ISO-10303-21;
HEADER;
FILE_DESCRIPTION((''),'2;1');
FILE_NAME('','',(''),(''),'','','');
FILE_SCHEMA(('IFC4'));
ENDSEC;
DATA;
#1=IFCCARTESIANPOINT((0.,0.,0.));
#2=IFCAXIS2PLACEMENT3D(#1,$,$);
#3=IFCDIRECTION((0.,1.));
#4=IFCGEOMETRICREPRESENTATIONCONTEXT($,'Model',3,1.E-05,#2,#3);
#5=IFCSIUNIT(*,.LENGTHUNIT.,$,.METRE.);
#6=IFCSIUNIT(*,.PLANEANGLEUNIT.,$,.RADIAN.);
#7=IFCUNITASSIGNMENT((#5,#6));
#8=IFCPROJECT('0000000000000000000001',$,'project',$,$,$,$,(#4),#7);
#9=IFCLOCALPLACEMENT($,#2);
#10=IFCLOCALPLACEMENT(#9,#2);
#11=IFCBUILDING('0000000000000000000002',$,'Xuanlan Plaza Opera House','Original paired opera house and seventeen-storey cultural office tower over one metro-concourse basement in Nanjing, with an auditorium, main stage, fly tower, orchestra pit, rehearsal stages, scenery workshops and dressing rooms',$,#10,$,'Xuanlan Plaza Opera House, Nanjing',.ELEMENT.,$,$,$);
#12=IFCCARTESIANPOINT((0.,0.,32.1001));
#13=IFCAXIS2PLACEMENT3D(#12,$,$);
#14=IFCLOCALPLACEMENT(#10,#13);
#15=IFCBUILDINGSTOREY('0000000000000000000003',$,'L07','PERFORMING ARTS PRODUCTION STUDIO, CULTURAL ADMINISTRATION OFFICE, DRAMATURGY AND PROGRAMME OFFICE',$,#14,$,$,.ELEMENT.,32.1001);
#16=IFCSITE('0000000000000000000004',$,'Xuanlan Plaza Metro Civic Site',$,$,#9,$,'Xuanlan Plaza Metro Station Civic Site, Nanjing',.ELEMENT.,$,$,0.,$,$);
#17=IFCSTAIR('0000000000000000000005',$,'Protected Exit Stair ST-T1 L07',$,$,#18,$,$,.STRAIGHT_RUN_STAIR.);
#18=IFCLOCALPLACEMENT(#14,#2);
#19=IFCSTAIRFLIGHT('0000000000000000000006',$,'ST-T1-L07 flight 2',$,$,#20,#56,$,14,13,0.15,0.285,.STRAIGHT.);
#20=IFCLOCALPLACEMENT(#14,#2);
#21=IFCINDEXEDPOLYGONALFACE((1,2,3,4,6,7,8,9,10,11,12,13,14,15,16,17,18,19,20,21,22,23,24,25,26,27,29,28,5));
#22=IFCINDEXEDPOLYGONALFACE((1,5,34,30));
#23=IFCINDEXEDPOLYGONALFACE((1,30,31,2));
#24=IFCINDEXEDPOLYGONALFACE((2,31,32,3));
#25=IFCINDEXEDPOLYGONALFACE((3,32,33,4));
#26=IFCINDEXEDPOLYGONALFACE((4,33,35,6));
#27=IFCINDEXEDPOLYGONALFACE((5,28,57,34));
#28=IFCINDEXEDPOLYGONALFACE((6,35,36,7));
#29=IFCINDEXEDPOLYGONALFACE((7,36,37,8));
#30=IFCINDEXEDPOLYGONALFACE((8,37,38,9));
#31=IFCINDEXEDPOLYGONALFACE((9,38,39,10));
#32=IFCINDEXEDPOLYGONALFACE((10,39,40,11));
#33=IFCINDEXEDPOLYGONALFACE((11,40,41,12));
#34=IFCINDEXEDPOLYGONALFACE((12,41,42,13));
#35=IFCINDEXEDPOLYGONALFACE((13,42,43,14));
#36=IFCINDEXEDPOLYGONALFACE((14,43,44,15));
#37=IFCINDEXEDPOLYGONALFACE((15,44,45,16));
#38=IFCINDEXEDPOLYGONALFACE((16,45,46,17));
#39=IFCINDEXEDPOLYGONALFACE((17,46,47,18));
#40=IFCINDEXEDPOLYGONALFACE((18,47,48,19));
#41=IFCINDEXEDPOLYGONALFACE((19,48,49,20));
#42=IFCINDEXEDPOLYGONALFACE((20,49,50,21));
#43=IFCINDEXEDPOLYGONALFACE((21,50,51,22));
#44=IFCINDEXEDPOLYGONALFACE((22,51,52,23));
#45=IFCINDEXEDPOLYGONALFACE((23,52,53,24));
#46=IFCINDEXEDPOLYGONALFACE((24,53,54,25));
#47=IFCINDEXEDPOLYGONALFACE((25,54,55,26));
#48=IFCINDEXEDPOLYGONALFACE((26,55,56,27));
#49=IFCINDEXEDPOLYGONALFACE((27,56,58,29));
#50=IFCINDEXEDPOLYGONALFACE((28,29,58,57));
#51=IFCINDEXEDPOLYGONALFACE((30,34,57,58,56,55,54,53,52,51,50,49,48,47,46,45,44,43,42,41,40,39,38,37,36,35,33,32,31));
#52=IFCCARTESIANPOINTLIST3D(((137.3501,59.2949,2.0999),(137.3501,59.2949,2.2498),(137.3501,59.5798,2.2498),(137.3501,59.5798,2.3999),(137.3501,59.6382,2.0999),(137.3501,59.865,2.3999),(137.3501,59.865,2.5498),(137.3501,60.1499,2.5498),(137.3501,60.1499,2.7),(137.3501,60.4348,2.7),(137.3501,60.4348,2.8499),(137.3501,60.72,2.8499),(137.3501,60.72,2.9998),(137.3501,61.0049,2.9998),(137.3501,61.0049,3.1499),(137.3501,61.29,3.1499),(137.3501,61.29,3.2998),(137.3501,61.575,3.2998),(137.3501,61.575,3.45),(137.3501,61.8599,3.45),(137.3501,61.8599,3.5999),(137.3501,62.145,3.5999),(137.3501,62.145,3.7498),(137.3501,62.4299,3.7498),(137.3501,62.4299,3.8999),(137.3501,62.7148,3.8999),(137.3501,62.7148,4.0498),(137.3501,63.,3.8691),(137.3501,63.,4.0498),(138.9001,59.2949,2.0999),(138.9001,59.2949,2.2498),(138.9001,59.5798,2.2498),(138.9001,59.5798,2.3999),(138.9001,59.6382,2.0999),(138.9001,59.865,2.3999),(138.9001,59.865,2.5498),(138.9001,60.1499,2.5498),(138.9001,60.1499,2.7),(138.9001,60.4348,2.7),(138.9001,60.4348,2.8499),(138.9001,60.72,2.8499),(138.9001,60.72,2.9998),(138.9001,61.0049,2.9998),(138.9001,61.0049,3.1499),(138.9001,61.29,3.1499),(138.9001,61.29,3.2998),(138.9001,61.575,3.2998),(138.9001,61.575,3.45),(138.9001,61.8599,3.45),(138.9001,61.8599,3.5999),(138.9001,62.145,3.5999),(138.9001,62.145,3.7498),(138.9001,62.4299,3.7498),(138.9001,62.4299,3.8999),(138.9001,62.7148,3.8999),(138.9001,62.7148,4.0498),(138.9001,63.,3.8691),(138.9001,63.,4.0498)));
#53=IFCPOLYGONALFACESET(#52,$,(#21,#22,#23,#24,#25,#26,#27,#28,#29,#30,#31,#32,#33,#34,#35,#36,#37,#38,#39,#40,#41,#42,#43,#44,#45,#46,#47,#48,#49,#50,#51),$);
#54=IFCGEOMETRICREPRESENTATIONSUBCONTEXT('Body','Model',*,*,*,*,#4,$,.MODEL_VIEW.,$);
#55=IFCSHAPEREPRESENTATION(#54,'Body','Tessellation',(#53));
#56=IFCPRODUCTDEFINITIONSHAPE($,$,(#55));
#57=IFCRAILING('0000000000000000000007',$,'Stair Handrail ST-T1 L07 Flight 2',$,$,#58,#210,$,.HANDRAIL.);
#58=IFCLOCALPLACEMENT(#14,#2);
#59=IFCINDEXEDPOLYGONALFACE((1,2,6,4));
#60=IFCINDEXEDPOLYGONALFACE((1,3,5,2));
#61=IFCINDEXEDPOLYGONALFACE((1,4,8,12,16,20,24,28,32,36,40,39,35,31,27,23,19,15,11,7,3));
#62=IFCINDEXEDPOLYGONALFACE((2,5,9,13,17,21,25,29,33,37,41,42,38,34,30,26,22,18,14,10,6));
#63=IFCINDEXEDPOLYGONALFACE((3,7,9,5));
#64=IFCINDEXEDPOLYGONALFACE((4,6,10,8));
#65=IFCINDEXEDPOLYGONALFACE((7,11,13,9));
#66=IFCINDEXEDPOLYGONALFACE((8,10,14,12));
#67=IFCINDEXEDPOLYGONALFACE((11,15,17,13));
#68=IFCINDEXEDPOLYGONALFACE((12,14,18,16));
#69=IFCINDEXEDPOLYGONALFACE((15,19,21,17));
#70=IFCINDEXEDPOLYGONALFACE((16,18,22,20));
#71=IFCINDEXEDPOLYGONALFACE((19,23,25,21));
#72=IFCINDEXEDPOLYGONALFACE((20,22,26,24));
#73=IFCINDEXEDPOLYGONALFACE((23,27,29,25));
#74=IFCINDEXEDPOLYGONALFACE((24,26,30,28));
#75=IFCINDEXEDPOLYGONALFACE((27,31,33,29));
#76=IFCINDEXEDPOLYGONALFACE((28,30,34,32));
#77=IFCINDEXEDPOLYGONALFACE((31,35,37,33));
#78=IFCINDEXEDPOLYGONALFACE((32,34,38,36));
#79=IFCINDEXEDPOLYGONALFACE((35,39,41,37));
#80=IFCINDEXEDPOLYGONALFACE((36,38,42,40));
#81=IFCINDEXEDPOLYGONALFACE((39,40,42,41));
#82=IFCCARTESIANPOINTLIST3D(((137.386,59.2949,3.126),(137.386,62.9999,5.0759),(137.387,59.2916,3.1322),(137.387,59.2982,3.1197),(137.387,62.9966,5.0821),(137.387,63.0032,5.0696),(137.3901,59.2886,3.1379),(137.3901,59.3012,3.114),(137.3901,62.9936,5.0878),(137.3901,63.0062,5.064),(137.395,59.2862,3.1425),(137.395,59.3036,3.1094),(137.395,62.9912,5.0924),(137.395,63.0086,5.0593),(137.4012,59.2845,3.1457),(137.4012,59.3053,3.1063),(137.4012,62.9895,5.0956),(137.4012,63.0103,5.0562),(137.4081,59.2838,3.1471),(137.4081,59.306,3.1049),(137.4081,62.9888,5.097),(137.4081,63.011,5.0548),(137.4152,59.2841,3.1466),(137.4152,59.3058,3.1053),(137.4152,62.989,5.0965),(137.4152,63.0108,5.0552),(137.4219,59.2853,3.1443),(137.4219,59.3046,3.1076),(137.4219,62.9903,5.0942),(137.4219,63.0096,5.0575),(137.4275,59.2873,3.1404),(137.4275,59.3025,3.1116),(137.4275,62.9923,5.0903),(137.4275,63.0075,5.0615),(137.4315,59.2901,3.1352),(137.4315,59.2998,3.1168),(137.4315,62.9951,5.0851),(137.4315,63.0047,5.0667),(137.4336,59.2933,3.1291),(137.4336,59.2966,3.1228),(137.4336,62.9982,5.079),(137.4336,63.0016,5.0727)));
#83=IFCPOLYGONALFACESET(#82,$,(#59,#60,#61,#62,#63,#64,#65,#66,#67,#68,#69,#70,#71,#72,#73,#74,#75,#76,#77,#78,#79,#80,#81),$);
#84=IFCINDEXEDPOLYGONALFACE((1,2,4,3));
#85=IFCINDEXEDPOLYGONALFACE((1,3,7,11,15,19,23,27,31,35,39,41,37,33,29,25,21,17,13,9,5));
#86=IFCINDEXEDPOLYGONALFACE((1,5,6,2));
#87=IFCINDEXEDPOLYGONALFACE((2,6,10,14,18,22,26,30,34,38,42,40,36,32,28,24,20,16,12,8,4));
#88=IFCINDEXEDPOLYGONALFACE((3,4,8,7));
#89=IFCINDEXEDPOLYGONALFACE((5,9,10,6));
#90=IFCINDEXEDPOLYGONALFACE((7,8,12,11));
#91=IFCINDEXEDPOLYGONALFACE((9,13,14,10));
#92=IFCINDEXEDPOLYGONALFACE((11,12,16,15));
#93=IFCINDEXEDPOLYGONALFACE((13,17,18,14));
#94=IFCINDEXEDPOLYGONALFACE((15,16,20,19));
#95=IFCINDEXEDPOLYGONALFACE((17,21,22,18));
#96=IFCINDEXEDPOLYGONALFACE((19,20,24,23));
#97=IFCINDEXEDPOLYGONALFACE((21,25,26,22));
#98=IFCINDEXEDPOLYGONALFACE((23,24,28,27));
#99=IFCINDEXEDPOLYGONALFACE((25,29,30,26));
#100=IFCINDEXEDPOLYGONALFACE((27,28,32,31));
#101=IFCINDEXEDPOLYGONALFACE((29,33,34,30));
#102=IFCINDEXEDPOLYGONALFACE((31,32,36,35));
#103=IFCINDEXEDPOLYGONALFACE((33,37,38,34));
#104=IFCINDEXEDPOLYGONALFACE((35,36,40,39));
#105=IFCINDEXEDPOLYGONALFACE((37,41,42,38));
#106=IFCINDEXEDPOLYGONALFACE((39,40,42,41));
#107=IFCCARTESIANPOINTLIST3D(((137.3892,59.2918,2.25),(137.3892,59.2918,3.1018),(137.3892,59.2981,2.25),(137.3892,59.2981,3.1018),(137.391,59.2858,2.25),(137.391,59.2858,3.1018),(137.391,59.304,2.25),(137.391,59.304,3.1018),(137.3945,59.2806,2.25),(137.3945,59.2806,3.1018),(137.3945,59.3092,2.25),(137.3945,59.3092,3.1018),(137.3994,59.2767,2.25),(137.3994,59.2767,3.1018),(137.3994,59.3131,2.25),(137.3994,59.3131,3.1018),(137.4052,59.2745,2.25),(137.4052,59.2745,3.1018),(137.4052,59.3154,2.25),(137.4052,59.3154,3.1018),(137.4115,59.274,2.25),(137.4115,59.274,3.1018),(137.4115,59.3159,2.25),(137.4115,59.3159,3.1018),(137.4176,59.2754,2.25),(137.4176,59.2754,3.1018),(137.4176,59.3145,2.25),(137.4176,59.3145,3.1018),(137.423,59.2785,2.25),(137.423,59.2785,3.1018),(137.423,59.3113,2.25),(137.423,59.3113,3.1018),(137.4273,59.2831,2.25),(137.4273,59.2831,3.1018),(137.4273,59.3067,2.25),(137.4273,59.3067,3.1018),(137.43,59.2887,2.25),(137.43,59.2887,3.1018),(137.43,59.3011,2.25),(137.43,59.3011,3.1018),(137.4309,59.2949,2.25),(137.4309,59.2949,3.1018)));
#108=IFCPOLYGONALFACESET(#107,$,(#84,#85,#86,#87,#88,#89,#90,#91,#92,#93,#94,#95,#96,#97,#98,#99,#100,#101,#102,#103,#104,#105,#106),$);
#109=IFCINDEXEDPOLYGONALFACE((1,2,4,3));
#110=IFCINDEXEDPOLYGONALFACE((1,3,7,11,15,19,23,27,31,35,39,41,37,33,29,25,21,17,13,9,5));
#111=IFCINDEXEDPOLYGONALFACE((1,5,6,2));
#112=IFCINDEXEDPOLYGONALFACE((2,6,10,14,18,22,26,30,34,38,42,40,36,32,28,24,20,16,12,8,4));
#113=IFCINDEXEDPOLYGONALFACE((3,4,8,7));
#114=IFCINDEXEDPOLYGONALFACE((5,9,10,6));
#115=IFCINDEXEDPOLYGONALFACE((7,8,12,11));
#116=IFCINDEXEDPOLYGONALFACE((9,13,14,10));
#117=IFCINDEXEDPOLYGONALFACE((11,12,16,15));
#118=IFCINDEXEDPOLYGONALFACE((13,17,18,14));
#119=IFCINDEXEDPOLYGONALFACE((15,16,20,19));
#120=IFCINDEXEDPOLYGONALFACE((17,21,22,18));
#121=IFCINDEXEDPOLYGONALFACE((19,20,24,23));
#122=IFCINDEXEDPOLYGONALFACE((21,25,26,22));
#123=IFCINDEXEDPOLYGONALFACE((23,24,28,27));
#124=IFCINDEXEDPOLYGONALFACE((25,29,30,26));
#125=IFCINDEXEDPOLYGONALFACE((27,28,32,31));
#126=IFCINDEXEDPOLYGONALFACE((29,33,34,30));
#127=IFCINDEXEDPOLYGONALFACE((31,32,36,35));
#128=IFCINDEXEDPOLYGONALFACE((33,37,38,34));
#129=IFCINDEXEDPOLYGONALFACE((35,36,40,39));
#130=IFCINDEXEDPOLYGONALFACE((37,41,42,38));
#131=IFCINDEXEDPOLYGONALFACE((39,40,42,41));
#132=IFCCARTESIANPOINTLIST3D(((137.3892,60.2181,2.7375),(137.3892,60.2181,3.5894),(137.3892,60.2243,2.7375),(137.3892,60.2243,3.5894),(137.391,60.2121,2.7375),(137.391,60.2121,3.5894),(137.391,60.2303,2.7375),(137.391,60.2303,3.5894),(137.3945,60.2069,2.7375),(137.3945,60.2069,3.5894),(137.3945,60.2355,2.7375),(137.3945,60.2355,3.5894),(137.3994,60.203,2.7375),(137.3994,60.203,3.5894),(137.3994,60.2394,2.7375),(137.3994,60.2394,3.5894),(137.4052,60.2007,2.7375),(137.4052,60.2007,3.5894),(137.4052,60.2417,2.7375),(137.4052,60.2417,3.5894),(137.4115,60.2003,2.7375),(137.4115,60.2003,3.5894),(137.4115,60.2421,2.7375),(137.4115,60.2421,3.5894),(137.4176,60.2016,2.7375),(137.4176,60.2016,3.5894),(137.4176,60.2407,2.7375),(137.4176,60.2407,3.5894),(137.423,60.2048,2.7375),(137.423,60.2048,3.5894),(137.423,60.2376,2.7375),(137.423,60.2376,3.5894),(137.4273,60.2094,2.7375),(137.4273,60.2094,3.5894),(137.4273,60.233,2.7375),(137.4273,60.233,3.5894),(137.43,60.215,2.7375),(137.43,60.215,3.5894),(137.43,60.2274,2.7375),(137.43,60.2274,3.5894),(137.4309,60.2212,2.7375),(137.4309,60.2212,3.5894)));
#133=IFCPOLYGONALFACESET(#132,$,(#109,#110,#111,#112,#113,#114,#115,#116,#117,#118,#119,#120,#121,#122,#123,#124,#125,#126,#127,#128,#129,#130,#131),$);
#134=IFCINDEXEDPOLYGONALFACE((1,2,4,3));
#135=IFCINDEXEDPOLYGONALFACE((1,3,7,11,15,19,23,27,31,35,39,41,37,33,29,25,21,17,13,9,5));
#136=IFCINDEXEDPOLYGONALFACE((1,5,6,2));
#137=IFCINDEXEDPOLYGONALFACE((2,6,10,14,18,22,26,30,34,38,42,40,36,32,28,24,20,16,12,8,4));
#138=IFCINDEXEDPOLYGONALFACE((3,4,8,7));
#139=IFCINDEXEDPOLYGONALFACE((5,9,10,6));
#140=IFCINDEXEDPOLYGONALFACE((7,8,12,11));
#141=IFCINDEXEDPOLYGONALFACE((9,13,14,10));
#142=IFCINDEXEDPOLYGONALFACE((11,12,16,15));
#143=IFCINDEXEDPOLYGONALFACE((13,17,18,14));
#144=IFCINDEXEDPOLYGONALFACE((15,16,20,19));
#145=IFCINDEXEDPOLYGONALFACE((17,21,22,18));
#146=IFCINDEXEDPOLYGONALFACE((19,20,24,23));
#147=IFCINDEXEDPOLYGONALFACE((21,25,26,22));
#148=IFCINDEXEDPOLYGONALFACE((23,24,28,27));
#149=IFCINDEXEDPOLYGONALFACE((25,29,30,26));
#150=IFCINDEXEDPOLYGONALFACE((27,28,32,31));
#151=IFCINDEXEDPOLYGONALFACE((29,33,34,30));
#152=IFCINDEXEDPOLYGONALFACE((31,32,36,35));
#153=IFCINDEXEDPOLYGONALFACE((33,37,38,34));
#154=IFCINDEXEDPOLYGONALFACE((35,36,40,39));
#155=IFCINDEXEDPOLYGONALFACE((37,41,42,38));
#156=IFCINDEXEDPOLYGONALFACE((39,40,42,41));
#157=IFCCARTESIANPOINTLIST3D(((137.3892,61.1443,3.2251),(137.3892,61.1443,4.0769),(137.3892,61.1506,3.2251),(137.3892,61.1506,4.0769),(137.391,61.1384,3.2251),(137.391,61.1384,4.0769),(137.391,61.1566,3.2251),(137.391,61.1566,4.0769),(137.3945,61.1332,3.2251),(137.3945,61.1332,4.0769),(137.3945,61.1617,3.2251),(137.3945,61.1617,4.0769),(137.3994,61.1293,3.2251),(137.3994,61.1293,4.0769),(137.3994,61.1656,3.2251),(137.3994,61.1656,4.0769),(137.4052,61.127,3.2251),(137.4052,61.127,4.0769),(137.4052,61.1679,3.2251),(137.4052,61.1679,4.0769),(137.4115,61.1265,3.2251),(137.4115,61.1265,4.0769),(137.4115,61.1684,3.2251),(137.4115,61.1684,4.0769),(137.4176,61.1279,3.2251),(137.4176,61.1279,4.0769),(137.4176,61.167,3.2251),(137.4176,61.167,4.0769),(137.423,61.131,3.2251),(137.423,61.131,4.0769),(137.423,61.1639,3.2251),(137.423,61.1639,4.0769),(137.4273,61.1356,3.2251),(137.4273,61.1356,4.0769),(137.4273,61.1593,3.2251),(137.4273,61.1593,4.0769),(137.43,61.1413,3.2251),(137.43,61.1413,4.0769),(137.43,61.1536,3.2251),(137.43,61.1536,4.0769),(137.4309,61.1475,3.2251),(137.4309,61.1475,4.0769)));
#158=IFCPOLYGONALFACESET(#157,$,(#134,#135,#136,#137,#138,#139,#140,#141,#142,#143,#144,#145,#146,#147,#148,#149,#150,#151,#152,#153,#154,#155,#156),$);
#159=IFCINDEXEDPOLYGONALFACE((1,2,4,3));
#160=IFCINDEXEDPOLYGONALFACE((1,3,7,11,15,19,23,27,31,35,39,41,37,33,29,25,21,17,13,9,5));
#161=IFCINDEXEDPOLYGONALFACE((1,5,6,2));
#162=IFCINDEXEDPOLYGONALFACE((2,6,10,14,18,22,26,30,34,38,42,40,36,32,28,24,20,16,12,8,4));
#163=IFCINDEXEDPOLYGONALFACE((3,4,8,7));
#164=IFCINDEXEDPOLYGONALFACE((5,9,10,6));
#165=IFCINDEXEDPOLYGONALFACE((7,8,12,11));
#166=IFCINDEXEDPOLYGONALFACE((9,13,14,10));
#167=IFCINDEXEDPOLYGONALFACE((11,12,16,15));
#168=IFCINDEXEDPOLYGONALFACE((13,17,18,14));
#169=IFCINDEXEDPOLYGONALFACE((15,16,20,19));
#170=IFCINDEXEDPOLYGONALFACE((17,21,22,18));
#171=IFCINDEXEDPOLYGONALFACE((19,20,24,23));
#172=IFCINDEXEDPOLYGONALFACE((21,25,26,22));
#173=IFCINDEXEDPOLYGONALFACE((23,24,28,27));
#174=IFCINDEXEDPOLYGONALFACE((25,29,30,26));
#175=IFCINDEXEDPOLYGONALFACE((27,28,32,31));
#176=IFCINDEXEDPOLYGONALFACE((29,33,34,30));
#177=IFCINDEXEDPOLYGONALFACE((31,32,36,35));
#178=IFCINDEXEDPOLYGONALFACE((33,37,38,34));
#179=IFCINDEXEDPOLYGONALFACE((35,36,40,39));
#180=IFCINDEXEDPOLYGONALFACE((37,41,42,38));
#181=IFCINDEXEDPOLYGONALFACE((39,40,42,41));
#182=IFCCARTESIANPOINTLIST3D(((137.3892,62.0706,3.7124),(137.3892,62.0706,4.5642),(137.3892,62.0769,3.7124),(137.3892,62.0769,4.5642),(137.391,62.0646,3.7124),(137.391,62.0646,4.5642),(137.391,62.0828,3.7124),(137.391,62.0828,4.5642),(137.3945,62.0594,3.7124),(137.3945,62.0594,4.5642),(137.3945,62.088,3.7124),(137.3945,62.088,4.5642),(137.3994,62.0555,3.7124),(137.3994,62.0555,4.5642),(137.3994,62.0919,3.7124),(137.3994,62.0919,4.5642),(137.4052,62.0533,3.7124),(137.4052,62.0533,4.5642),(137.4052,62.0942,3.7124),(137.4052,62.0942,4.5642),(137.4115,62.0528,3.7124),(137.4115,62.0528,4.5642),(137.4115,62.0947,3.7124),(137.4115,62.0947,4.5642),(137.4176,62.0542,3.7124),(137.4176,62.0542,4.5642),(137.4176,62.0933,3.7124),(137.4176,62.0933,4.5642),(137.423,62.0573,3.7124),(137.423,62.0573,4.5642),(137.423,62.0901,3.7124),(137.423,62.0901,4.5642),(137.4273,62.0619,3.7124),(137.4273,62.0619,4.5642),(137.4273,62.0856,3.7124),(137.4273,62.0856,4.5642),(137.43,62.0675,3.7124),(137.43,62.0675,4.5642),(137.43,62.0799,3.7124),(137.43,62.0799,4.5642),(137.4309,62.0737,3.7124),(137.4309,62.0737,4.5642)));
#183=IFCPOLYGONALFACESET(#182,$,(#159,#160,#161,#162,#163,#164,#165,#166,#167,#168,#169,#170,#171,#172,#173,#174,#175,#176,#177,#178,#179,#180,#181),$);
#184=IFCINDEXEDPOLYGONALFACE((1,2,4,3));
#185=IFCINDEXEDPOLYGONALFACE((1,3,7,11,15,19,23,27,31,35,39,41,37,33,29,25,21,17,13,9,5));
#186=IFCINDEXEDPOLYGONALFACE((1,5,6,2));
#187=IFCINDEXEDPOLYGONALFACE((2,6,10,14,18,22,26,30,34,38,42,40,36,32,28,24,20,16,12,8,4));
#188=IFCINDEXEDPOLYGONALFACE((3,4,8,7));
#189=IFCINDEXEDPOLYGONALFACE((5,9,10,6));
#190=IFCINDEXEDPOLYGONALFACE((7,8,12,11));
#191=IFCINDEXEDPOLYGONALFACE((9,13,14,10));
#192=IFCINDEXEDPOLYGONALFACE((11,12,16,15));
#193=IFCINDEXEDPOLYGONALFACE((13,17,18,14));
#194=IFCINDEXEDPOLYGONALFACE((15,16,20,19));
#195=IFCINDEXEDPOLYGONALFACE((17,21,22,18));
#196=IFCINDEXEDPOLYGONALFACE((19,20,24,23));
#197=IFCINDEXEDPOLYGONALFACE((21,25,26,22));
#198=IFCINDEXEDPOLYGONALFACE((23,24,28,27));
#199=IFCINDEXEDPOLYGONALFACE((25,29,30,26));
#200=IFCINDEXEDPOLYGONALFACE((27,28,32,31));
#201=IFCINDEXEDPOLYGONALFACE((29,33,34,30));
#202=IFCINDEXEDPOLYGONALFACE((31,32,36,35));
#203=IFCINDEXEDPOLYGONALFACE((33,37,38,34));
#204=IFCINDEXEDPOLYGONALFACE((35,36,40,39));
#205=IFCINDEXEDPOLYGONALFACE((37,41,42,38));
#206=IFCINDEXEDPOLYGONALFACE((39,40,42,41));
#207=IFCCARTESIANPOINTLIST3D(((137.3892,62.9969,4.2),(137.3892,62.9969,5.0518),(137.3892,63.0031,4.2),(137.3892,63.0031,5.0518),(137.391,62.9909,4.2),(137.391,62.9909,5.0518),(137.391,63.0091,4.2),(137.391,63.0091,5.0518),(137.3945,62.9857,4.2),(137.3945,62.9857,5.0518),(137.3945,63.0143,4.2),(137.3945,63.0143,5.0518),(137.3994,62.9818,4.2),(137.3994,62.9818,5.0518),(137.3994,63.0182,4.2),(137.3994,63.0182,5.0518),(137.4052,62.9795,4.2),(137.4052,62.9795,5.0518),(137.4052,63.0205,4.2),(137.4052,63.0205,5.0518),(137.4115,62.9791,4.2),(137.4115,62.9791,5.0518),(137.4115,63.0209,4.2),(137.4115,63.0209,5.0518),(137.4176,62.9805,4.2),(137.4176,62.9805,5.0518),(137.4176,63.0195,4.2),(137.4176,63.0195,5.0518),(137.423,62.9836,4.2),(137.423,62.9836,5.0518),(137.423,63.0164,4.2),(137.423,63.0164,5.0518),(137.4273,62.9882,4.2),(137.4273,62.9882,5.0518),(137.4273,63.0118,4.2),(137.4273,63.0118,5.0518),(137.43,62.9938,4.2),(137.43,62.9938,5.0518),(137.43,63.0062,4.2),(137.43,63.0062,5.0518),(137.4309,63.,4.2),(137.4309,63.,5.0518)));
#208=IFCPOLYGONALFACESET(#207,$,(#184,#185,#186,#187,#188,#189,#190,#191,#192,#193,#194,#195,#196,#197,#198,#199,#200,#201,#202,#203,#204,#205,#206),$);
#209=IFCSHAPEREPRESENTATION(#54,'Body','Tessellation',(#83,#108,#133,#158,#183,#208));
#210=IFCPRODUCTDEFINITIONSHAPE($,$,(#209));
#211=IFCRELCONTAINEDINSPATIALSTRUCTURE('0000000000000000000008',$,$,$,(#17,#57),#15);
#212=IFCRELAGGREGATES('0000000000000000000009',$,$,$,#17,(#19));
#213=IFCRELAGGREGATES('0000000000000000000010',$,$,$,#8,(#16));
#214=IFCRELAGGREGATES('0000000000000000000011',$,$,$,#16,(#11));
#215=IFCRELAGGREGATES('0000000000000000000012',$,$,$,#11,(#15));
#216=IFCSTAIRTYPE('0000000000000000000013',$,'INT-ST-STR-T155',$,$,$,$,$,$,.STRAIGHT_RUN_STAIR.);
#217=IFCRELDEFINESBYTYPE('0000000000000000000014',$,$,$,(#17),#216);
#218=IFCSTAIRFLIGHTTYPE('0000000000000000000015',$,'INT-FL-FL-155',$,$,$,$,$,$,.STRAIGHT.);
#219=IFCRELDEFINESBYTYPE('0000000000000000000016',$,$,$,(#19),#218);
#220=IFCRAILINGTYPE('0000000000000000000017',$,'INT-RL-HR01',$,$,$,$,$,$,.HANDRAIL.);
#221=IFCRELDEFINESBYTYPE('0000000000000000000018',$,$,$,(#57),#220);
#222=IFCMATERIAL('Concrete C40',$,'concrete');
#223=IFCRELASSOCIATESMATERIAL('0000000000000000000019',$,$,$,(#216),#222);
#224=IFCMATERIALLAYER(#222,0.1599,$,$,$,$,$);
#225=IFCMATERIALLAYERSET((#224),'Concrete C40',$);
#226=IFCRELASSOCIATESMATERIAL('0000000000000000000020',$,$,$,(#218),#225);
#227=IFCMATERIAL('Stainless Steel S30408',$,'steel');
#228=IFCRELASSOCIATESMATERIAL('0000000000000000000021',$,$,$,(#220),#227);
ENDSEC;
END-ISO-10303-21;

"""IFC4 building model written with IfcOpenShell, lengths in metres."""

from ifc_helpers import new_model, si_unit, direction, frame, origin, origin_2d, place, context, subcontext, project, spatial, polyline, circle, outline, extrude, material, layer, layer_set, type_object, element, aggregate, save


model = new_model("IFC4")

# Units and contexts
model_context = context("Model", 3, precision=1e-05, world=origin(), true_north=direction((0.0, 1.0)))
body_context = subcontext(model_context, "Body", "Model", "MODEL_VIEW")
ifc_project = project(units=[si_unit("LENGTHUNIT", "METRE"), si_unit("PLANEANGLEUNIT", "RADIAN")], contexts=[model_context])

# Site, building, storey
site_placement = place(None, origin())
site = spatial("IfcSite", under=ifc_project, at=site_placement, Name="Xuanlan Plaza Metro Civic Site", LongName="Xuanlan Plaza Metro Station Civic Site, Nanjing", CompositionType="ELEMENT", RefElevation=0.0)
building_placement = place(site_placement, origin())
building = spatial("IfcBuilding", under=site, at=building_placement, Name="Xuanlan Plaza Opera House", Description="Original paired opera house and seventeen-storey cultural office tower over one metro-concourse basement in Nanjing, with an auditorium, main stage, fly tower, orchestra pit, rehearsal stages, scenery workshops and dressing rooms", LongName="Xuanlan Plaza Opera House, Nanjing", CompositionType="ELEMENT")
storey_placement = place(building_placement, frame((0.0, 0.0, 32.1001)))
storey = spatial("IfcBuildingStorey", under=building, at=storey_placement, Name="L07", Description="PERFORMING ARTS PRODUCTION STUDIO, CULTURAL ADMINISTRATION OFFICE, DRAMATURGY AND PROGRAMME OFFICE", CompositionType="ELEMENT", Elevation=32.1001)

# Shared definitions
ifc_material_1 = material(Name="Concrete C40", Category="concrete")

# Shared definitions
ifc_material_2 = material(Name="Stainless Steel S30408", Category="steel")

# Stair, stair flight
stair_type = type_object("IfcStairType", Name="INT-ST-STR-T155", PredefinedType="STRAIGHT_RUN_STAIR", material=ifc_material_1)
stair_placement = place(storey_placement, origin())
stair = element("IfcStair", 1, at=stair_placement, inside=storey, type_object=stair_type, Name="Protected Exit Stair ST-T1 L07", PredefinedType="STRAIGHT_RUN_STAIR")
ifc_layer_1 = layer(ifc_material_1, 0.1599)
ifc_layer_set_1 = layer_set([ifc_layer_1], Name="Concrete C40")
stair_flight_type = type_object("IfcStairFlightType", Name="INT-FL-FL-155", PredefinedType="STRAIGHT", material=ifc_layer_set_1)
stair_flight_placement = place(storey_placement, frame((138.125, 59.2949, 2.0999), z_axis=(0.0, 0.0, 1.0), x_axis=(0.0, 1.0, 0.0)))
stair_flight = element("IfcStairFlight", 2, at=stair_flight_placement, type_object=stair_flight_type, Name="ST-T1-L07 flight 2", NumberOfRisers=14, NumberOfTreads=13, PredefinedType="STRAIGHT", RiserHeight=0.15, TreadLength=0.285, context=body_context, shape_type="SweptSolid", body=[
    extrude(outline(polyline([(0.0, 0.0), (0.0, 0.1499), (0.2849, 0.1499), (0.2849, 0.3), (0.5701, 0.3), (0.5701, 0.45), (0.855, 0.45), (0.855, 0.6001), (1.1399, 0.6001), (1.1399, 0.75), (1.425, 0.75), (1.425, 0.8999), (1.71, 0.8999), (1.71, 1.05), (1.9951, 1.05), (1.9951, 1.2), (2.28, 1.2), (2.28, 1.3501), (2.5649, 1.3501), (2.5649, 1.5), (2.8501, 1.5), (2.8501, 1.6499), (3.135, 1.6499), (3.135, 1.8), (3.4199, 1.8), (3.4199, 1.95), (3.7051, 1.95), (3.7051, 2.1001), (3.7051, 1.7693), (0.3433, 0.0), (0.0, 0.0)])), frame((0.0, 0.7749, 0.0), z_axis=(0.0, -1.0, 0.0), x_axis=(1.0, 0.0, 0.0)), (0.0, 0.0, 1.0), 1.55),
])
aggregate(stair, [stair_flight])

# Railing
railing_type = type_object("IfcRailingType", Name="INT-RL-HR01", PredefinedType="HANDRAIL", material=ifc_material_2)
railing_placement = place(storey_placement, frame((137.4099, 59.2949, 2.25)))
element("IfcRailing", 3, at=railing_placement, inside=storey, type_object=railing_type, Name="Stair Handrail ST-T1 L07 Flight 2", PredefinedType="HANDRAIL", context=body_context, shape_type="SweptSolid", body=[
    extrude(circle(Radius=0.0239, at=origin_2d()), frame((0.0, 0.0, 0.876), z_axis=(0.0, 0.884927, 0.46573), x_axis=(-1.0, 0.0, 0.0)), (0.0, 0.0, 1.0), 4.1868),
    extrude(circle(Radius=0.021, at=origin_2d()), origin(), (0.0, 0.0, 1.0), 0.8518),
    extrude(circle(Radius=0.021, at=origin_2d()), frame((0.0, 0.9263, 0.4875)), (0.0, 0.0, 1.0), 0.8518),
    extrude(circle(Radius=0.021, at=origin_2d()), frame((0.0, 1.8525, 0.9751)), (0.0, 0.0, 1.0), 0.8518),
    extrude(circle(Radius=0.021, at=origin_2d()), frame((0.0, 2.7788, 1.4624)), (0.0, 0.0, 1.0), 0.8518),
    extrude(circle(Radius=0.021, at=origin_2d()), frame((0.0, 3.7051, 1.95)), (0.0, 0.0, 1.0), 0.8518),
])

save(model, "model.ifc")
